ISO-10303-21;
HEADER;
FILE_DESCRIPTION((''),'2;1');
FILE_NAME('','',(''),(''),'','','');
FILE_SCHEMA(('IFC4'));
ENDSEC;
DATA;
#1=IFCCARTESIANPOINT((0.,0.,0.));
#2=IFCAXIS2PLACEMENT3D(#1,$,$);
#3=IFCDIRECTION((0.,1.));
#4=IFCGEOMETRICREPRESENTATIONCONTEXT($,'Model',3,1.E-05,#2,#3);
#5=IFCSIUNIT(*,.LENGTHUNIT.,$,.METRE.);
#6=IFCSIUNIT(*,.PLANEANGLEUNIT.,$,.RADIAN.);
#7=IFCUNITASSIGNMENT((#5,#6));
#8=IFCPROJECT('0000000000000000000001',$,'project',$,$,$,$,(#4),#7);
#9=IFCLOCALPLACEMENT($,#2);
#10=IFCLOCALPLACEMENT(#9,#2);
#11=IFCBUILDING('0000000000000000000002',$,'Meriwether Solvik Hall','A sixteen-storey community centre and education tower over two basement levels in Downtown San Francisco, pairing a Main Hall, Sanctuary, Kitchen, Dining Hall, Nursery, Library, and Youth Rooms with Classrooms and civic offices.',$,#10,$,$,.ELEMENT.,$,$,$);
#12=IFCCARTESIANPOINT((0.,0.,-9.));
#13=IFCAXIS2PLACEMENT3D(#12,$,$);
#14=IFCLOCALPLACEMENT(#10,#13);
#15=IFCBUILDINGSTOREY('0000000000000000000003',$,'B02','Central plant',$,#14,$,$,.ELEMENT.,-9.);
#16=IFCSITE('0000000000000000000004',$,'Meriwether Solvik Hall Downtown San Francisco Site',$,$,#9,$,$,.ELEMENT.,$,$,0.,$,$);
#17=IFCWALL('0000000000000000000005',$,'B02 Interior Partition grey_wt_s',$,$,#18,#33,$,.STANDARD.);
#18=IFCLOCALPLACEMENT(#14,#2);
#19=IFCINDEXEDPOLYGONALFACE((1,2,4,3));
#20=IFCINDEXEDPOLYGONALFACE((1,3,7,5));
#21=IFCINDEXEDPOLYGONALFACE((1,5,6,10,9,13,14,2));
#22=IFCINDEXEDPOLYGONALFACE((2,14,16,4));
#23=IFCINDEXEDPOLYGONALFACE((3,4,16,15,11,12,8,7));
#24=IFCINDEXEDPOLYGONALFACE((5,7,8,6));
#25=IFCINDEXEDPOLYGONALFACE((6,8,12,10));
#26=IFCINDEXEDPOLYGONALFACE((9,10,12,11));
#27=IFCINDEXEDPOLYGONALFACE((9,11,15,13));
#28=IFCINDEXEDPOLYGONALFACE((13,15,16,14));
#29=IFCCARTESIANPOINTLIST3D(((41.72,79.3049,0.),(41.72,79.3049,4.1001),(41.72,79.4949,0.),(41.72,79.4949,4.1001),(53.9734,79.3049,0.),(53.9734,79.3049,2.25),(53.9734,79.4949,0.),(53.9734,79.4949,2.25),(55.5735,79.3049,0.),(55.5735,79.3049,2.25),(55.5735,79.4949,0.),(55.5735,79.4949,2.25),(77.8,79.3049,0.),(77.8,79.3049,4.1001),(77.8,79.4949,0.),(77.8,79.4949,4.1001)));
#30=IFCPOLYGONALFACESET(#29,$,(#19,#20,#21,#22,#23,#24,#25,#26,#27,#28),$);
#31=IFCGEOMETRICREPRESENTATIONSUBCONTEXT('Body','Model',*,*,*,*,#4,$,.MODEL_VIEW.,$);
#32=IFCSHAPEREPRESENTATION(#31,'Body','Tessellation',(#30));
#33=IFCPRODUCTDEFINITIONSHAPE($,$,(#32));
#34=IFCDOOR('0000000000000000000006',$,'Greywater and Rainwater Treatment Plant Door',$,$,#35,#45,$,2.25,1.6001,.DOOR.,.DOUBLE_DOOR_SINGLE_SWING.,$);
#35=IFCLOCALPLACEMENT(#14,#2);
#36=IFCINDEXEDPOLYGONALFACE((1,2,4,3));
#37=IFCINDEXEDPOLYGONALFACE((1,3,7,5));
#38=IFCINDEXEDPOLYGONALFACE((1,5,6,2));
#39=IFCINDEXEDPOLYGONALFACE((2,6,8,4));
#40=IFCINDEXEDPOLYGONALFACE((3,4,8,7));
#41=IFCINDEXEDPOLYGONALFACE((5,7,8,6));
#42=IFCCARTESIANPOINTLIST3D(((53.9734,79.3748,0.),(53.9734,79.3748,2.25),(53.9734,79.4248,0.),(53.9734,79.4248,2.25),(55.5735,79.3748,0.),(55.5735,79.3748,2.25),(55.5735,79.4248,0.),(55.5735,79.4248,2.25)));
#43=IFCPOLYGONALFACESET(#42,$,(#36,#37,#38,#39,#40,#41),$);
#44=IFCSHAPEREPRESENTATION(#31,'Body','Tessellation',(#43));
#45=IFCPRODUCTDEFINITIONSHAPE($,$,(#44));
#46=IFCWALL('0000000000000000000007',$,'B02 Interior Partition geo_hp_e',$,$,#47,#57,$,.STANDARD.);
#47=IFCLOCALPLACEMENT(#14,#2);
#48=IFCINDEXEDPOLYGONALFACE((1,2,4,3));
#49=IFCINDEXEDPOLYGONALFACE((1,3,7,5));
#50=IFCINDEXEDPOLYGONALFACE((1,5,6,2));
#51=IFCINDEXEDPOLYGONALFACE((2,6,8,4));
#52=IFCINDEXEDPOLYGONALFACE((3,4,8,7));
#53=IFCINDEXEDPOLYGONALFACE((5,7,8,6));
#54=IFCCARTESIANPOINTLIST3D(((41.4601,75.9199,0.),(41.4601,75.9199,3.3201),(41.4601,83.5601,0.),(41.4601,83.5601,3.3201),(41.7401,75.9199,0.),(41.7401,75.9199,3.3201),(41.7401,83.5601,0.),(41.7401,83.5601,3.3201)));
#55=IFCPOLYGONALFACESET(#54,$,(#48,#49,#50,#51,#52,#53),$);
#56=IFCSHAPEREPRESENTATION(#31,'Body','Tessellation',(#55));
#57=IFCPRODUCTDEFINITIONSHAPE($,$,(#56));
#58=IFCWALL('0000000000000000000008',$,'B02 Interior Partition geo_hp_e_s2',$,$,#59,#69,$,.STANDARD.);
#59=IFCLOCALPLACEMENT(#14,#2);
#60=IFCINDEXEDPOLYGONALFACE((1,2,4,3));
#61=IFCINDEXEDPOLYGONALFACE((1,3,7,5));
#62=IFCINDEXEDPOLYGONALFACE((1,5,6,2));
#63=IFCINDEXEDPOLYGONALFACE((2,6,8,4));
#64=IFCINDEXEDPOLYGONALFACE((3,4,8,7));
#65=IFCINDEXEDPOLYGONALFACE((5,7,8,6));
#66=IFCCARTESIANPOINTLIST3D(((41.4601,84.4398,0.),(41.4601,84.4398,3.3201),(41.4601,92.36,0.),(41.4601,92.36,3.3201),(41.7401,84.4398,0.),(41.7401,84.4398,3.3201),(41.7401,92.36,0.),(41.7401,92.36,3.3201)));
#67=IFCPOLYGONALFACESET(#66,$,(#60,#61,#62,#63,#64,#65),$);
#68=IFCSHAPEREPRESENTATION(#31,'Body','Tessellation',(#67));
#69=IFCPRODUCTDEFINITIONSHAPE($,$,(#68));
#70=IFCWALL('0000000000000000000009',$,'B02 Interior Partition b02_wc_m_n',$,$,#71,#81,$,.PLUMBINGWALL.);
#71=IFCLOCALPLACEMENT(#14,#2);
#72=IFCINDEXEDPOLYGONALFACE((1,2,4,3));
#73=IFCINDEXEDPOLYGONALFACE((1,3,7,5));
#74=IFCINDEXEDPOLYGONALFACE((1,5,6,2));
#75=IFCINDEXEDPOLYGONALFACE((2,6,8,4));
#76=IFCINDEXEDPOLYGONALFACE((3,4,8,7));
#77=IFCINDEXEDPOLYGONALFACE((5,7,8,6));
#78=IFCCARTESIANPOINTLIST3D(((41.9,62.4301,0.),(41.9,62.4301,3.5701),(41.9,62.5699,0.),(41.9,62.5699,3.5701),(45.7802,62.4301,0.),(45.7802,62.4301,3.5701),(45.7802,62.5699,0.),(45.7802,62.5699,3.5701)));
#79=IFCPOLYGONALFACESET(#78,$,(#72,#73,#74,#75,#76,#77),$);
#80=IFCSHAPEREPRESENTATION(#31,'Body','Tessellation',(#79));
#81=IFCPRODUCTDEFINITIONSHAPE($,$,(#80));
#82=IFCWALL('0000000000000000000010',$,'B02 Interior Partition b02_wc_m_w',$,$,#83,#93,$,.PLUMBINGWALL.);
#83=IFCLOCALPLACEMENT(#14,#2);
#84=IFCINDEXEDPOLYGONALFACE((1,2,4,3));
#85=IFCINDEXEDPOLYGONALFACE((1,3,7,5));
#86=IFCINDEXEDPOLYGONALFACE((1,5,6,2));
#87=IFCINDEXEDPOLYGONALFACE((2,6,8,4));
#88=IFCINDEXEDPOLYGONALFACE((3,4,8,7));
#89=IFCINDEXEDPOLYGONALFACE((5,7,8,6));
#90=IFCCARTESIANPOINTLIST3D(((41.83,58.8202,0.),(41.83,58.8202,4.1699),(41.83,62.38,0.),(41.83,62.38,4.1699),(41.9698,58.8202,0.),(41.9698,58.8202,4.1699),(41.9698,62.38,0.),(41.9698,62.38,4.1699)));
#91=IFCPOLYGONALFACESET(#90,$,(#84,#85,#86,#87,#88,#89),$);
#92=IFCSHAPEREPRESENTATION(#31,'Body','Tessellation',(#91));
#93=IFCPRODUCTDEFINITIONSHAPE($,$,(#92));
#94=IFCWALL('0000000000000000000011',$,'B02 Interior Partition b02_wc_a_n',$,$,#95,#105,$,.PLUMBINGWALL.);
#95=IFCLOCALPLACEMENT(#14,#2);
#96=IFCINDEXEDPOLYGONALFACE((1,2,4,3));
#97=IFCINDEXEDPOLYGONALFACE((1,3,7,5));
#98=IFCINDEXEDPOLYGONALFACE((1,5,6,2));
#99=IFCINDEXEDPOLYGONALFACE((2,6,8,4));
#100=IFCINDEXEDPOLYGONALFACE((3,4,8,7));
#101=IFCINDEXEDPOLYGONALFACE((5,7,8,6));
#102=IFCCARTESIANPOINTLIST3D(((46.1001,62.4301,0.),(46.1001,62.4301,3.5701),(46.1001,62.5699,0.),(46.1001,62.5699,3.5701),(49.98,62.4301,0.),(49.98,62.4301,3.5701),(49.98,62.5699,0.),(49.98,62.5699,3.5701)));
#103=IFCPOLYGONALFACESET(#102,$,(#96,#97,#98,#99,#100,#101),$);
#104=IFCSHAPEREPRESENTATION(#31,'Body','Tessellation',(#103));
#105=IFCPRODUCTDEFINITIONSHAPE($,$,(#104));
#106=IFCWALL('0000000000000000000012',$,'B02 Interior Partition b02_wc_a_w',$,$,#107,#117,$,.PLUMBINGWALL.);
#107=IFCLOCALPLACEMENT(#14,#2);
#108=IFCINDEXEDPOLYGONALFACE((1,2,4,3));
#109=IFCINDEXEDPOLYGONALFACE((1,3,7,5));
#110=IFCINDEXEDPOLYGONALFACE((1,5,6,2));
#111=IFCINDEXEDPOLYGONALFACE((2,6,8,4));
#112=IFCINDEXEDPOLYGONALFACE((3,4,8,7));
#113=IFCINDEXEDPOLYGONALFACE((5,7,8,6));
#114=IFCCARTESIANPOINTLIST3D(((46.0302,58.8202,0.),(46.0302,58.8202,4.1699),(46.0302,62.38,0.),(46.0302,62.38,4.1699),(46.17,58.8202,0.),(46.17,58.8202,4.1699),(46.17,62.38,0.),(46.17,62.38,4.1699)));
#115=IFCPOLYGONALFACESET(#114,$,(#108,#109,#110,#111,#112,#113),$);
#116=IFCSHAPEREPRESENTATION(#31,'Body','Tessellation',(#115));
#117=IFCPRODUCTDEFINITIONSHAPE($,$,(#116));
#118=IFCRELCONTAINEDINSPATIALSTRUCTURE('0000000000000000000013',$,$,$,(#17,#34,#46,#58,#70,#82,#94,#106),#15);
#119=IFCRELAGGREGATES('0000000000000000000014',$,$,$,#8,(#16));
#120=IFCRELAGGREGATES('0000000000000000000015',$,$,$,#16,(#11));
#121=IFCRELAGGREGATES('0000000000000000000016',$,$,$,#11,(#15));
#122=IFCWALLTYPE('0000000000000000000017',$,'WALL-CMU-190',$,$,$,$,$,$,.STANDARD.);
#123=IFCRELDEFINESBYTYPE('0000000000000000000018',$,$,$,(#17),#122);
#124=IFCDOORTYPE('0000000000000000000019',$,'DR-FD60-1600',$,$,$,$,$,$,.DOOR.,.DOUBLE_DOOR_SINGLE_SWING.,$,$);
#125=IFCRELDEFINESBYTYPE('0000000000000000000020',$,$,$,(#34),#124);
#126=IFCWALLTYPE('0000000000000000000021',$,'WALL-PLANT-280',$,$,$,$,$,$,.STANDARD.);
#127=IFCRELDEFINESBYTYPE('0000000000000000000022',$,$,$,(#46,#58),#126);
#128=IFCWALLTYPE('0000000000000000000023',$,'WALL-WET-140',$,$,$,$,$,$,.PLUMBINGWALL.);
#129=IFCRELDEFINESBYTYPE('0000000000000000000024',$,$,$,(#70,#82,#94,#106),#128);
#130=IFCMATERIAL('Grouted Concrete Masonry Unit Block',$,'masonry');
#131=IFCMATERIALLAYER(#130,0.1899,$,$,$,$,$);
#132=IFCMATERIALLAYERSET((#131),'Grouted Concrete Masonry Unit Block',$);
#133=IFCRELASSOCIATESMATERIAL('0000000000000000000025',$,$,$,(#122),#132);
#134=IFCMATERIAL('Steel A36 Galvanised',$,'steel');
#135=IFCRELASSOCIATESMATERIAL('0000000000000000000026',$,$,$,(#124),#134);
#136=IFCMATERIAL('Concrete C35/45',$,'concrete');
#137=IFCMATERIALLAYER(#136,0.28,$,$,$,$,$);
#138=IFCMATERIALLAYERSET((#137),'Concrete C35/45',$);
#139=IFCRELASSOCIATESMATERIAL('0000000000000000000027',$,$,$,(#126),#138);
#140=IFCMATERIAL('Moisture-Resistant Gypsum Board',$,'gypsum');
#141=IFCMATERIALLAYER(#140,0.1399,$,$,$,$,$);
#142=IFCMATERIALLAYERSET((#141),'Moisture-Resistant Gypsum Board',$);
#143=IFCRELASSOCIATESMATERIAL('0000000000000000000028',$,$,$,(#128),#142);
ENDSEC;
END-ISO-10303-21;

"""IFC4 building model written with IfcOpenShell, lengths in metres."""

from ifc_helpers import new_model, si_unit, direction, frame, frame_2d, origin, place, context, subcontext, project, spatial, rectangle, extrude, material, layer, layer_set, type_object, element, fill, save


model = new_model("IFC4")

# Units and contexts
model_context = context("Model", 3, precision=1e-05, world=origin(), true_north=direction((0.0, 1.0)))
body_context = subcontext(model_context, "Body", "Model", "MODEL_VIEW")
ifc_project = project(units=[si_unit("LENGTHUNIT", "METRE"), si_unit("PLANEANGLEUNIT", "RADIAN")], contexts=[model_context])

# Site, building, storey
site_placement = place(None, origin())
site = spatial("IfcSite", under=ifc_project, at=site_placement, Name="Meriwether Solvik Hall Downtown San Francisco Site", CompositionType="ELEMENT", RefElevation=0.0)
building_placement = place(site_placement, origin())
building = spatial("IfcBuilding", under=site, at=building_placement, Name="Meriwether Solvik Hall", Description="A sixteen-storey community centre and education tower over two basement levels in Downtown San Francisco, pairing a Main Hall, Sanctuary, Kitchen, Dining Hall, Nursery, Library, and Youth Rooms with Classrooms and civic offices.", CompositionType="ELEMENT")
storey_placement = place(building_placement, frame((0.0, 0.0, -9.0)))
storey = spatial("IfcBuildingStorey", under=building, at=storey_placement, Name="B02", Description="Central plant", CompositionType="ELEMENT", Elevation=-9.0)

# Wall, opening, door
ifc_material_1 = material(Name="Grouted Concrete Masonry Unit Block", Category="masonry")
ifc_layer_1 = layer(ifc_material_1, 0.1899)
ifc_layer_set_1 = layer_set([ifc_layer_1], Name="Grouted Concrete Masonry Unit Block")
wall_type_1 = type_object("IfcWallType", Name="WALL-CMU-190", PredefinedType="STANDARD", material=ifc_layer_set_1)
wall_1_placement = place(storey_placement, frame((41.72, 79.3999, 0.0), z_axis=(0.0, 0.0, 1.0), x_axis=(1.0, 0.0, 0.0)))
wall_1 = element("IfcWall", 1, at=wall_1_placement, inside=storey, type_object=wall_type_1, Name="B02 Interior Partition grey_wt_s", PredefinedType="STANDARD", context=body_context, shape_type="SweptSolid", body=[
    extrude(rectangle(XDim=36.0801, YDim=0.1899, at=frame_2d((18.04, 0.0))), origin(), (0.0, 0.0, 1.0), 4.1001),
])
opening_placement = place(wall_1_placement, frame((12.2534, 0.0, 0.0)))
opening = element("IfcOpeningElement", 2, at=opening_placement, cuts=wall_1, PredefinedType="OPENING", context=body_context, shape_type="SweptSolid", body=[
    extrude(rectangle(XDim=1.6001, YDim=2.25, at=frame_2d((0.8, 1.125))), frame((0.0, 0.1069, 0.0), z_axis=(0.0, -1.0, 0.0), x_axis=(1.0, 0.0, 0.0)), (0.0, 0.0, 1.0), 0.2139),
])
ifc_material_2 = material(Name="Steel A36 Galvanised", Category="steel")
door_type = type_object("IfcDoorType", Name="DR-FD60-1600", OperationType="DOUBLE_DOOR_SINGLE_SWING", PredefinedType="DOOR", material=ifc_material_2)
door_placement = place(opening_placement, origin())
door = element("IfcDoor", 3, at=door_placement, inside=storey, type_object=door_type, Name="Greywater and Rainwater Treatment Plant Door", OperationType="DOUBLE_DOOR_SINGLE_SWING", OverallHeight=2.25, OverallWidth=1.6001, PredefinedType="DOOR", context=body_context, shape_type="SweptSolid", body=[
    extrude(rectangle(XDim=1.6001, YDim=2.25, at=frame_2d((0.8, 1.125))), frame((0.0, 0.0249, 0.0), z_axis=(0.0, -1.0, 0.0), x_axis=(1.0, 0.0, 0.0)), (0.0, 0.0, 1.0), 0.05),
])
fill(opening, door)

# Walls
ifc_material_3 = material(Name="Concrete C35/45", Category="concrete")
ifc_layer_2 = layer(ifc_material_3, 0.28)
ifc_layer_set_2 = layer_set([ifc_layer_2], Name="Concrete C35/45")
wall_type_2 = type_object("IfcWallType", Name="WALL-PLANT-280", PredefinedType="STANDARD", material=ifc_layer_set_2)
wall_2_placement = place(storey_placement, frame((41.6001, 75.9199, 0.0), z_axis=(0.0, 0.0, 1.0), x_axis=(0.0, 1.0, 0.0)))
element("IfcWall", 4, at=wall_2_placement, inside=storey, type_object=wall_type_2, Name="B02 Interior Partition geo_hp_e", PredefinedType="STANDARD", context=body_context, shape_type="SweptSolid", body=[
    extrude(rectangle(XDim=7.6401, YDim=0.28, at=frame_2d((3.8201, 0.0))), origin(), (0.0, 0.0, 1.0), 3.3201),
])
wall_3_placement = place(storey_placement, frame((41.6001, 84.4399, 0.0), z_axis=(0.0, 0.0, 1.0), x_axis=(0.0, 1.0, 0.0)))
element("IfcWall", 5, at=wall_3_placement, inside=storey, type_object=wall_type_2, Name="B02 Interior Partition geo_hp_e_s2", PredefinedType="STANDARD", context=body_context, shape_type="SweptSolid", body=[
    extrude(rectangle(XDim=7.9202, YDim=0.28, at=frame_2d((3.96, 0.0))), origin(), (0.0, 0.0, 1.0), 3.3201),
])
ifc_material_4 = material(Name="Moisture-Resistant Gypsum Board", Category="gypsum")
ifc_layer_3 = layer(ifc_material_4, 0.1399)
ifc_layer_set_3 = layer_set([ifc_layer_3], Name="Moisture-Resistant Gypsum Board")
wall_type_3 = type_object("IfcWallType", Name="WALL-WET-140", PredefinedType="PLUMBINGWALL", material=ifc_layer_set_3)
wall_4_placement = place(storey_placement, frame((45.78, 62.5, 0.0), z_axis=(0.0, 0.0, 1.0), x_axis=(-1.0, 0.0, 0.0)))
element("IfcWall", 6, at=wall_4_placement, inside=storey, type_object=wall_type_3, Name="B02 Interior Partition b02_wc_m_n", PredefinedType="PLUMBINGWALL", context=body_context, shape_type="SweptSolid", body=[
    extrude(rectangle(XDim=3.8801, YDim=0.1399, at=frame_2d((1.9399, 0.0))), origin(), (0.0, 0.0, 1.0), 3.5701),
])
wall_5_placement = place(storey_placement, frame((41.8999, 62.3799, 0.0), z_axis=(0.0, 0.0, 1.0), x_axis=(0.0, -1.0, 0.0)))
element("IfcWall", 7, at=wall_5_placement, inside=storey, type_object=wall_type_3, Name="B02 Interior Partition b02_wc_m_w", PredefinedType="PLUMBINGWALL", context=body_context, shape_type="SweptSolid", body=[
    extrude(rectangle(XDim=3.5598, YDim=0.1399, at=frame_2d((1.7798, 0.0))), origin(), (0.0, 0.0, 1.0), 4.1699),
])
wall_6_placement = place(storey_placement, frame((49.98, 62.5, 0.0), z_axis=(0.0, 0.0, 1.0), x_axis=(-1.0, 0.0, 0.0)))
element("IfcWall", 8, at=wall_6_placement, inside=storey, type_object=wall_type_3, Name="B02 Interior Partition b02_wc_a_n", PredefinedType="PLUMBINGWALL", context=body_context, shape_type="SweptSolid", body=[
    extrude(rectangle(XDim=3.8799, YDim=0.1399, at=frame_2d((1.9399, 0.0))), origin(), (0.0, 0.0, 1.0), 3.5701),
])
wall_7_placement = place(storey_placement, frame((46.1001, 62.3799, 0.0), z_axis=(0.0, 0.0, 1.0), x_axis=(0.0, -1.0, 0.0)))
element("IfcWall", 9, at=wall_7_placement, inside=storey, type_object=wall_type_3, Name="B02 Interior Partition b02_wc_a_w", PredefinedType="PLUMBINGWALL", context=body_context, shape_type="SweptSolid", body=[
    extrude(rectangle(XDim=3.5598, YDim=0.1399, at=frame_2d((1.7798, 0.0))), origin(), (0.0, 0.0, 1.0), 4.1699),
])

save(model, "model.ifc")
